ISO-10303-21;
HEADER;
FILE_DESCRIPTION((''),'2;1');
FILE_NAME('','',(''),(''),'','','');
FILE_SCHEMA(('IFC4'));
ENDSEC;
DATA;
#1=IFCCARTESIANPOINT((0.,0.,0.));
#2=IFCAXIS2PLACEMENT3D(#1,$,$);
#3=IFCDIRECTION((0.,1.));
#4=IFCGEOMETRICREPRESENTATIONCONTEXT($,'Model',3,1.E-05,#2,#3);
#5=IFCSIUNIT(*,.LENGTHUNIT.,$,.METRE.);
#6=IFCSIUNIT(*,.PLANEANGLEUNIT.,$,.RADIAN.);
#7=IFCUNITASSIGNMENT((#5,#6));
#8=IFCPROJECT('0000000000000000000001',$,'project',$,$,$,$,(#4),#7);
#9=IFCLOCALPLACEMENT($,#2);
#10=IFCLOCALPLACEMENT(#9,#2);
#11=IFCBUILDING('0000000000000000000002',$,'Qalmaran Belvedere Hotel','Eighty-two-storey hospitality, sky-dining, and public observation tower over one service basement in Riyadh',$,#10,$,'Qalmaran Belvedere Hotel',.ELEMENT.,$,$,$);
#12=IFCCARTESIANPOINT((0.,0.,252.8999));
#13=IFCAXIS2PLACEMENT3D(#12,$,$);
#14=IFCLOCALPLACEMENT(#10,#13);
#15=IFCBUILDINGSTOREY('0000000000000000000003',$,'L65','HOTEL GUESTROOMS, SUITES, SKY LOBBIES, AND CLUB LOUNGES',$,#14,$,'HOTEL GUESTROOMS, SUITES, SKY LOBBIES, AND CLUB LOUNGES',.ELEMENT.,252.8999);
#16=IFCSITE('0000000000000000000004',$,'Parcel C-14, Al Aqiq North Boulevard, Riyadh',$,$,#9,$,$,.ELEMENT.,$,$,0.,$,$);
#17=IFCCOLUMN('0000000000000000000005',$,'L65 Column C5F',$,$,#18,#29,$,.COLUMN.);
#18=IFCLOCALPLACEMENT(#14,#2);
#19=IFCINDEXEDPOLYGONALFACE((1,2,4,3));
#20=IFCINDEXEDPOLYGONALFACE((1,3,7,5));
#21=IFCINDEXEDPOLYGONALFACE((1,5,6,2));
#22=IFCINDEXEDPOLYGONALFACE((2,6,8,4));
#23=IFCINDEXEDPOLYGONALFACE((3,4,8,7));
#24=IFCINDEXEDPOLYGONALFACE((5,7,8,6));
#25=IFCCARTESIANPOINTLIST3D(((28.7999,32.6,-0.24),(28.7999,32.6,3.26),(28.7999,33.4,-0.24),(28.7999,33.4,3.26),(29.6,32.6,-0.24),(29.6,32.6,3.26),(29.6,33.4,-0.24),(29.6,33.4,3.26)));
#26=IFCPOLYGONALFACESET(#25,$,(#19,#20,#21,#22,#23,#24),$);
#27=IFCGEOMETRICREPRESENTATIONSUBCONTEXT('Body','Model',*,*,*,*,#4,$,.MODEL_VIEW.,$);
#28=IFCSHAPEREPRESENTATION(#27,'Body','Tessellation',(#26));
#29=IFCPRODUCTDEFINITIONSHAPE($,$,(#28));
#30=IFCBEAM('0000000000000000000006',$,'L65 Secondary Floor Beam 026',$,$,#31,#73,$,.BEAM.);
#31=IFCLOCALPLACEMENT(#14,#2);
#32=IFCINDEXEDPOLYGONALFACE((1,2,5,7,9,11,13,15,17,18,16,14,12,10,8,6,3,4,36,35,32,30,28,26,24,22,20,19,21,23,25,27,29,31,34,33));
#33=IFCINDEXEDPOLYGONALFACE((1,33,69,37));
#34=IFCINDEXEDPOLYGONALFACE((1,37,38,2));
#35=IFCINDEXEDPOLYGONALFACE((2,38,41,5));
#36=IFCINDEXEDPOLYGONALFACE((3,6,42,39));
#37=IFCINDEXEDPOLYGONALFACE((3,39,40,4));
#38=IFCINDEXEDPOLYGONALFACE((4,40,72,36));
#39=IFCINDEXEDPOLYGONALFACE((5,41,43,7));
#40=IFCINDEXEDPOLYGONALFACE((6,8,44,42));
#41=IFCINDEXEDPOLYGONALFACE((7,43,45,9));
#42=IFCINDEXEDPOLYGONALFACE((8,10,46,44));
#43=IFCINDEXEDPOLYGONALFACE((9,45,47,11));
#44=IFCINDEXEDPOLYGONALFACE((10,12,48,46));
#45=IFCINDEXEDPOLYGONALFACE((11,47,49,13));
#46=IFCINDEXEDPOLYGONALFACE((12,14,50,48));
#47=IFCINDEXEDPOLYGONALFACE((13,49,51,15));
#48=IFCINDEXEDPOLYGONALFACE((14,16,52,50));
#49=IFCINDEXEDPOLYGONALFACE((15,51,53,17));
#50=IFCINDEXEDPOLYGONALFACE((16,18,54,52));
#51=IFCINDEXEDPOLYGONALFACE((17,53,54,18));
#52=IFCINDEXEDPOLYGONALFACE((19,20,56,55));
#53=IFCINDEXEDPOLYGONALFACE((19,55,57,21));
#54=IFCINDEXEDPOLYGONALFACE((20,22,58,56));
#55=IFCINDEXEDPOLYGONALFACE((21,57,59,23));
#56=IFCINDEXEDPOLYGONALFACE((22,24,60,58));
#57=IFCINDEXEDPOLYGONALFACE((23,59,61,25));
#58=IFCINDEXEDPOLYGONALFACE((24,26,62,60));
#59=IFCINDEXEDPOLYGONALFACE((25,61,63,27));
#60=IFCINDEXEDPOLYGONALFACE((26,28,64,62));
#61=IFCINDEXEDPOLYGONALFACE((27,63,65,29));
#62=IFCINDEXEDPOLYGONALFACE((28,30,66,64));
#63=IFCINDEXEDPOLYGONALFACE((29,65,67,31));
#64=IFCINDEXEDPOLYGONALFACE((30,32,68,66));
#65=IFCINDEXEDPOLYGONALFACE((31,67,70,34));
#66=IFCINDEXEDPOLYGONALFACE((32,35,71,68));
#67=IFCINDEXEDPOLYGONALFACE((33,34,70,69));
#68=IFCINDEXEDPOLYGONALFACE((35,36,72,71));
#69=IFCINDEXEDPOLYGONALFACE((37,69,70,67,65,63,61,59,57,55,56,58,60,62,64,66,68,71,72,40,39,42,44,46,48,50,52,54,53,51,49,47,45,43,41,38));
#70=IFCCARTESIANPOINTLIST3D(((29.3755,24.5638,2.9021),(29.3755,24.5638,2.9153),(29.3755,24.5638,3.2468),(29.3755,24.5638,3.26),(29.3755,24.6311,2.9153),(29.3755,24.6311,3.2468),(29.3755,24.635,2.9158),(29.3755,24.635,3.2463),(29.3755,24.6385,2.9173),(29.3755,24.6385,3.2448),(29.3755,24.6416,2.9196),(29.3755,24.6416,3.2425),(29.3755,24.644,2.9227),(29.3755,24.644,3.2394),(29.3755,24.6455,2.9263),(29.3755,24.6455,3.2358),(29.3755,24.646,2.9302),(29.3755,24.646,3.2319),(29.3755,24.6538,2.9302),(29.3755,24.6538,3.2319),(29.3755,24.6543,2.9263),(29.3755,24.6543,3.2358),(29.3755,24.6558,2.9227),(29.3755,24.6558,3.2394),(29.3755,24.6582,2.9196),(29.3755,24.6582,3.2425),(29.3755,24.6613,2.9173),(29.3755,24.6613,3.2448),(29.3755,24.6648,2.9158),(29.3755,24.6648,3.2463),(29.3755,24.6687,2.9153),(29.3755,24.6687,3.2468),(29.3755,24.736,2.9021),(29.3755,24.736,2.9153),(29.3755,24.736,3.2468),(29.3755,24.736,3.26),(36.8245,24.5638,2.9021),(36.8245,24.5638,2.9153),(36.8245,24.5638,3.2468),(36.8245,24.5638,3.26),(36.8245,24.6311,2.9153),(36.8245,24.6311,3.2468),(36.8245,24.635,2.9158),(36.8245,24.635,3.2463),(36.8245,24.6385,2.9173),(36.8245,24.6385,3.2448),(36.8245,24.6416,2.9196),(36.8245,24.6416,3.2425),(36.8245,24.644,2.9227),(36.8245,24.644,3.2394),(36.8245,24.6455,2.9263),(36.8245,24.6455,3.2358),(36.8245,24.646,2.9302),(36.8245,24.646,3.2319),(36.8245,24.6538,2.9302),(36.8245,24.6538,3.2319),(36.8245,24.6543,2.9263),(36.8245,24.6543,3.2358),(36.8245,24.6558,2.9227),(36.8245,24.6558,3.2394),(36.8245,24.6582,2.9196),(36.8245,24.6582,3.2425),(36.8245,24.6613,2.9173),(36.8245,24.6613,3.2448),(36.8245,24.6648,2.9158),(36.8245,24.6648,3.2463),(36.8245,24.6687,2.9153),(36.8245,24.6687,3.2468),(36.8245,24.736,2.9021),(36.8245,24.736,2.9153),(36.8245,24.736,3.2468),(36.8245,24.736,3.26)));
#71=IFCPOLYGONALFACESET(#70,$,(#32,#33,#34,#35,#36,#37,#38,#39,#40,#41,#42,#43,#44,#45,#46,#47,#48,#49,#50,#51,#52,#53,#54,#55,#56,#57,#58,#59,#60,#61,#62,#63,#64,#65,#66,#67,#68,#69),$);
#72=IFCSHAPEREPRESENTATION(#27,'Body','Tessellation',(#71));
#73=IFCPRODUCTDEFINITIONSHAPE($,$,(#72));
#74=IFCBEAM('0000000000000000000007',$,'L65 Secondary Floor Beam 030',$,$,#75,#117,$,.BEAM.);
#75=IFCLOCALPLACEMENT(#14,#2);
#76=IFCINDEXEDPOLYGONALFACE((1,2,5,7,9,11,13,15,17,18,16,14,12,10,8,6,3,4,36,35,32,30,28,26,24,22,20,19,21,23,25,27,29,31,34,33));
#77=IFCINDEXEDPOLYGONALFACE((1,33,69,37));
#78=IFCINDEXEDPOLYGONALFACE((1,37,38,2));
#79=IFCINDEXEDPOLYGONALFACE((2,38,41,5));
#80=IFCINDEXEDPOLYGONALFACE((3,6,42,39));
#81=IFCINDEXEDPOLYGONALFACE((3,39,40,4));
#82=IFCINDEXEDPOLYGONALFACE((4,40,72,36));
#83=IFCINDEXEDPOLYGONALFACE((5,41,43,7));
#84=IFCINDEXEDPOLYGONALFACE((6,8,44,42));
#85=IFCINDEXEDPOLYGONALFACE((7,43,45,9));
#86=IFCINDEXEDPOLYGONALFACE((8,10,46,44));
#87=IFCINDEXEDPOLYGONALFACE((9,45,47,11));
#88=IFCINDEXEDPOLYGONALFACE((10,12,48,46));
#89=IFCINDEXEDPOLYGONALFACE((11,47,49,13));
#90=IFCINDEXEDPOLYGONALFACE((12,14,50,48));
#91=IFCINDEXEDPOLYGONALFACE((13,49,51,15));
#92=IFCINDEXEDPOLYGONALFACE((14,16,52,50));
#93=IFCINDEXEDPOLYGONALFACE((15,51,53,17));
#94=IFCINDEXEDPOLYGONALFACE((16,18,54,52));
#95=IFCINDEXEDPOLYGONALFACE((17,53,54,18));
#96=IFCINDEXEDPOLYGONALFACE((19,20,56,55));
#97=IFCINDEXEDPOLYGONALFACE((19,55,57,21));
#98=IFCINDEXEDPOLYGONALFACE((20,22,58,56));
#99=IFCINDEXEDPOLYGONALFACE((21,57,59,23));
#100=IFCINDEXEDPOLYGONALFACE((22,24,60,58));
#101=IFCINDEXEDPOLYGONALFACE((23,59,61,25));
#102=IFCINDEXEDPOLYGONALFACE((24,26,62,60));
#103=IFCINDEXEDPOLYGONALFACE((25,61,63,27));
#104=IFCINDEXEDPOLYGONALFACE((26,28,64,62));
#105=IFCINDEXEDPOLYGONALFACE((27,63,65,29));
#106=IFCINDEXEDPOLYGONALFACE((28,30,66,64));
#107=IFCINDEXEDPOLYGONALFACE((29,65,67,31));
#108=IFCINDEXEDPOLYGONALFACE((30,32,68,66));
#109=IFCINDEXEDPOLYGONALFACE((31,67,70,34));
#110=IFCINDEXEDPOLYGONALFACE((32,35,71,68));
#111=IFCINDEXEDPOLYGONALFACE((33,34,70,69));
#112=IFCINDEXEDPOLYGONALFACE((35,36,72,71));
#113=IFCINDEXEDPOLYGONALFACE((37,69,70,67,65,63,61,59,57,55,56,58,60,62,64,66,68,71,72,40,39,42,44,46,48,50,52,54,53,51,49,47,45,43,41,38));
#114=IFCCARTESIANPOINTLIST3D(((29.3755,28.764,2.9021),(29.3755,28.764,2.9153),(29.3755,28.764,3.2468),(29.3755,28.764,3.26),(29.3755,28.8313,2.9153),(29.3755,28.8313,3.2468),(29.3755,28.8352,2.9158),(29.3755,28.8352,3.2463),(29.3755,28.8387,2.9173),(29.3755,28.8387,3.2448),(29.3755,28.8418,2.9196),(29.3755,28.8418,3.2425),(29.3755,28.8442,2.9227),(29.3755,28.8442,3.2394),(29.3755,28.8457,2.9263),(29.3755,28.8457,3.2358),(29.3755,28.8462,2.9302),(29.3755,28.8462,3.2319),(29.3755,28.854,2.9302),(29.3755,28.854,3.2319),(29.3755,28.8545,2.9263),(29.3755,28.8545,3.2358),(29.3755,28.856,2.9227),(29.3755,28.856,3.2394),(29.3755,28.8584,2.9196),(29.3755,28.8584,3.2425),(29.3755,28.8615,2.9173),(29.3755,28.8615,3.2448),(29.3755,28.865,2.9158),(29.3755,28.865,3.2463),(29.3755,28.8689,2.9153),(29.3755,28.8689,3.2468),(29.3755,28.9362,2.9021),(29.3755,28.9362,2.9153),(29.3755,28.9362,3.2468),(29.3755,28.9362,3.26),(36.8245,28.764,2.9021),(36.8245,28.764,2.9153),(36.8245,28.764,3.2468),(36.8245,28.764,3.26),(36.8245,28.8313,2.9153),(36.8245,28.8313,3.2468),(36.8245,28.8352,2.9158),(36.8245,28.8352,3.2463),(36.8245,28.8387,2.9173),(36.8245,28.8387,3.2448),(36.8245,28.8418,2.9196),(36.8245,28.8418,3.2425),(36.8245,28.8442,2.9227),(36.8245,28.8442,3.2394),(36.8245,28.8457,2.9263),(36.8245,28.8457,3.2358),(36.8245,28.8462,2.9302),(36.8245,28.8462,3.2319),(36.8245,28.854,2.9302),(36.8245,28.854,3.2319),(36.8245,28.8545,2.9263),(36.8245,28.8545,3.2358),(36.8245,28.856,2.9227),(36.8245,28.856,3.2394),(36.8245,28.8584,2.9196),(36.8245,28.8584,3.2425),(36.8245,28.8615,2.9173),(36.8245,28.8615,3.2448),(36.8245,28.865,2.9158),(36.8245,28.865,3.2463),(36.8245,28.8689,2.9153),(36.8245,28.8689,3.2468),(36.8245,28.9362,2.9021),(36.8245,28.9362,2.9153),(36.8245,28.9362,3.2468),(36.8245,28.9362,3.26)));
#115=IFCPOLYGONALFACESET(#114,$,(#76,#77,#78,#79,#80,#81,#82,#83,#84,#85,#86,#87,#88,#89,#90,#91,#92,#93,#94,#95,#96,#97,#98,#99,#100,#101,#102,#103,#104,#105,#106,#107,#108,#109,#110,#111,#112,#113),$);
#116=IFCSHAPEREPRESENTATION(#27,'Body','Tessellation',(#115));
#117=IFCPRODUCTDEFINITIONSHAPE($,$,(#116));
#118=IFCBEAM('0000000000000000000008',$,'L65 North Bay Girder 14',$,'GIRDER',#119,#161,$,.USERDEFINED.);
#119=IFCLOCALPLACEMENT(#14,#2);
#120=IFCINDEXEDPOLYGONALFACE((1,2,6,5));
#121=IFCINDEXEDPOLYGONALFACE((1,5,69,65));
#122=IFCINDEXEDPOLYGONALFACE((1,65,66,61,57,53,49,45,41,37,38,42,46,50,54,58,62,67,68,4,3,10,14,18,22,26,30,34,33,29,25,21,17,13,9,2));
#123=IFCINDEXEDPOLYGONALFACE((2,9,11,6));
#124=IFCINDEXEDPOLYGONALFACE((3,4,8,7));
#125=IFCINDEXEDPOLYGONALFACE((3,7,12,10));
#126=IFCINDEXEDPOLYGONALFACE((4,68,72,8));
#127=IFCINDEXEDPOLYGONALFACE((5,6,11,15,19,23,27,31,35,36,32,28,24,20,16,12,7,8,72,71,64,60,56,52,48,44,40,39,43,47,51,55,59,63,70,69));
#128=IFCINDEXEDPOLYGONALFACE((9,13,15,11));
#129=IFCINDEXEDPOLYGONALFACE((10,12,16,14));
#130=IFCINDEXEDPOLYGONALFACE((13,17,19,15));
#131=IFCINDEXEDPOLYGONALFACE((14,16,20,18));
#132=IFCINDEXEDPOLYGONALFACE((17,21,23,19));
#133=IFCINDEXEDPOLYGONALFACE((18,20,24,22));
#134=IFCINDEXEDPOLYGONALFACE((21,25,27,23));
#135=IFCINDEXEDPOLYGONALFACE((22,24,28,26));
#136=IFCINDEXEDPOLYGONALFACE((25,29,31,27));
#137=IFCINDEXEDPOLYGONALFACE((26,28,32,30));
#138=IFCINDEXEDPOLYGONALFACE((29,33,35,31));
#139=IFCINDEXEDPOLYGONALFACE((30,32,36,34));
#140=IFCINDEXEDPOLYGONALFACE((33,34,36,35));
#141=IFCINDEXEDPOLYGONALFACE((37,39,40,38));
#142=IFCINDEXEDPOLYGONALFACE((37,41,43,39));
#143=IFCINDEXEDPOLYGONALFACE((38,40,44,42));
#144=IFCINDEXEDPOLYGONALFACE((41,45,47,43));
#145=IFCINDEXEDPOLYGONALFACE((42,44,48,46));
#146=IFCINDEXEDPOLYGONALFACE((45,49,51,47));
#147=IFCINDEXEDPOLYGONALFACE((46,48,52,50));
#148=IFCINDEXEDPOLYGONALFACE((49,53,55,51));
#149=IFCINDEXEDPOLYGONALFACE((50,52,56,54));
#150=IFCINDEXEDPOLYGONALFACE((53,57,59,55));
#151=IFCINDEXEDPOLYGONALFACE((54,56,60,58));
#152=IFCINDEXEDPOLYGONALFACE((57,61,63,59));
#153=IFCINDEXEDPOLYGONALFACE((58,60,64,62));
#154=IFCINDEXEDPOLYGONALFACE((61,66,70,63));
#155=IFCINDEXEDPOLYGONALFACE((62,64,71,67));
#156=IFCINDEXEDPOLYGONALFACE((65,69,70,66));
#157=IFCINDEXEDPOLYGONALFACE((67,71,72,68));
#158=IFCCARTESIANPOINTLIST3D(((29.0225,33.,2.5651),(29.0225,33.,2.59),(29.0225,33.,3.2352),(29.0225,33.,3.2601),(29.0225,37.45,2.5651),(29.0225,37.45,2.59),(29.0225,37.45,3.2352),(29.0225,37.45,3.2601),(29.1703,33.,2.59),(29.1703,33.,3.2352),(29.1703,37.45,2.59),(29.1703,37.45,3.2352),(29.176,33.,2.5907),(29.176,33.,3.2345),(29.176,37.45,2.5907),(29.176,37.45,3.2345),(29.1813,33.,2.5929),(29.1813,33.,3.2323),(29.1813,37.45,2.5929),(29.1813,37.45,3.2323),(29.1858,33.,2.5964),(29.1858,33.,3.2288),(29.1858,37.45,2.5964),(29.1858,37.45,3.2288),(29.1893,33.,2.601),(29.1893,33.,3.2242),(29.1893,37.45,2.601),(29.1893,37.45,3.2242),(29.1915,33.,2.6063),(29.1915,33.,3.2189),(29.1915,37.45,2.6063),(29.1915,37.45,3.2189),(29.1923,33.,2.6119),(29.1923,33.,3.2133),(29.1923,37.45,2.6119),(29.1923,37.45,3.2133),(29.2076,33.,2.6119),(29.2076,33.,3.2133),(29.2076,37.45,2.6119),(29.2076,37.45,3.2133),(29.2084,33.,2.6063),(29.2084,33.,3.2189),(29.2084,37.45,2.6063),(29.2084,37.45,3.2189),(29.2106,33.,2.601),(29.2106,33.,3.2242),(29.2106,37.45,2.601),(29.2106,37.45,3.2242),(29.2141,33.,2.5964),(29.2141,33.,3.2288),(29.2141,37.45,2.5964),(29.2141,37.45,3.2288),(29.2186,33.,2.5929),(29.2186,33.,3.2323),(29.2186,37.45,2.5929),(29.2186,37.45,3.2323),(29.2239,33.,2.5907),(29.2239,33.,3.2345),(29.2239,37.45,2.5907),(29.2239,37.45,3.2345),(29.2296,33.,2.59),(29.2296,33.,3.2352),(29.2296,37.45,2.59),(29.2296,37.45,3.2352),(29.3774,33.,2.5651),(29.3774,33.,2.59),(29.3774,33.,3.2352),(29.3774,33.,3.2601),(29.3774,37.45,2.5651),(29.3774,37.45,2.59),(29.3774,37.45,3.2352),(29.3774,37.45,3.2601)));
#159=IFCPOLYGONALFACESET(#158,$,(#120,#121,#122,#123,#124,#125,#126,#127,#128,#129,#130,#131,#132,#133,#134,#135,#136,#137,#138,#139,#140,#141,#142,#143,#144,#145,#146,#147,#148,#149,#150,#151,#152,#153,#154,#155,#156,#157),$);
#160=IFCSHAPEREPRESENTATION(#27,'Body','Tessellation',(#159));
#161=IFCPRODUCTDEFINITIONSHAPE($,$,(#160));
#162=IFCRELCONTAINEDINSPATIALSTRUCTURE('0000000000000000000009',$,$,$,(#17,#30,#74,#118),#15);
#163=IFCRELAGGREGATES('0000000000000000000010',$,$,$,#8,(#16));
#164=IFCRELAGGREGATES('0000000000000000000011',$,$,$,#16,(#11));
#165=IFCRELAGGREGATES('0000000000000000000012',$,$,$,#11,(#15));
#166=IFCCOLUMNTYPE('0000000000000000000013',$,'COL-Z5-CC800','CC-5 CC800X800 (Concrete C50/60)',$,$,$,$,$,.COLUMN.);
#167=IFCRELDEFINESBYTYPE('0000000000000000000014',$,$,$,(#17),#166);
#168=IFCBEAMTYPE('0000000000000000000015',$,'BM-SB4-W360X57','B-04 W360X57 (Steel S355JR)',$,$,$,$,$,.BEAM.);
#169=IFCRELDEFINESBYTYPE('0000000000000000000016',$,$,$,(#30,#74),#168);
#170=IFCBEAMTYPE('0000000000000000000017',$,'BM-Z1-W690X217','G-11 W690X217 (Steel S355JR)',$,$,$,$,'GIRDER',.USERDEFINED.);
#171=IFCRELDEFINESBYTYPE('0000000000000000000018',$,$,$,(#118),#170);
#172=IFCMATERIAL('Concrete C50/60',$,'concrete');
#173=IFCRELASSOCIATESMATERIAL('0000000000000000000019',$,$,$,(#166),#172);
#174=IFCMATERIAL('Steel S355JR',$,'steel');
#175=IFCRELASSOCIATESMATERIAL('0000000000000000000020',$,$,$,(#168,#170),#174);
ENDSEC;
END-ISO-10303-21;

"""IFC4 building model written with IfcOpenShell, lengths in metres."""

from ifc_helpers import new_model, si_unit, direction, frame, origin, origin_2d, place, context, subcontext, project, spatial, rectangle, i_section, extrude, material, material_profile, profile_set, type_object, element, save


model = new_model("IFC4")

# Units and contexts
model_context = context("Model", 3, precision=1e-05, world=origin(), true_north=direction((0.0, 1.0)))
body_context = subcontext(model_context, "Body", "Model", "MODEL_VIEW")
ifc_project = project(units=[si_unit("LENGTHUNIT", "METRE"), si_unit("PLANEANGLEUNIT", "RADIAN")], contexts=[model_context])

# Site, building, storey
site_placement = place(None, origin())
site = spatial("IfcSite", under=ifc_project, at=site_placement, Name="Parcel C-14, Al Aqiq North Boulevard, Riyadh", CompositionType="ELEMENT", RefElevation=0.0)
building_placement = place(site_placement, origin())
building = spatial("IfcBuilding", under=site, at=building_placement, Name="Qalmaran Belvedere Hotel", Description="Eighty-two-storey hospitality, sky-dining, and public observation tower over one service basement in Riyadh", LongName="Qalmaran Belvedere Hotel", CompositionType="ELEMENT")
storey_placement = place(building_placement, frame((0.0, 0.0, 252.8999)))
storey = spatial("IfcBuildingStorey", under=building, at=storey_placement, Name="L65", Description="HOTEL GUESTROOMS, SUITES, SKY LOBBIES, AND CLUB LOUNGES", LongName="HOTEL GUESTROOMS, SUITES, SKY LOBBIES, AND CLUB LOUNGES", CompositionType="ELEMENT", Elevation=252.8999)

# Column
ifc_material_1 = material(Name="Concrete C50/60", Category="concrete")
ifc_material_profile_1 = material_profile(ifc_material_1, rectangle(XDim=0.8, YDim=0.8, at=origin_2d()), Name="CC800X800")
ifc_profile_set_1 = profile_set([ifc_material_profile_1], Name="Concrete C50/60")
column_type = type_object("IfcColumnType", Name="COL-Z5-CC800", Description="CC-5 CC800X800 (Concrete C50/60)", PredefinedType="COLUMN", material=ifc_profile_set_1)
column_placement = place(storey_placement, frame((29.2, 33.0, -0.24), z_axis=(0.0, 0.0, 1.0), x_axis=(1.0, 0.0, 0.0)))
element("IfcColumn", 1, at=column_placement, inside=storey, type_object=column_type, Name="L65 Column C5F", PredefinedType="COLUMN", context=body_context, shape_type="SweptSolid", body=[
    extrude(rectangle(XDim=0.8, YDim=0.8, at=origin_2d()), origin(), (0.0, 0.0, 1.0), 3.5),
])

# Beams
ifc_material_2 = material(Name="Steel S355JR", Category="steel")
ifc_material_profile_2 = material_profile(ifc_material_2, i_section(OverallWidth=0.1721, OverallDepth=0.3579, WebThickness=0.0078, FlangeThickness=0.0132, FilletRadius=0.0149, at=origin_2d()), Name="W360X57")
ifc_profile_set_2 = profile_set([ifc_material_profile_2], Name="Steel S355JR")
beam_type_1 = type_object("IfcBeamType", Name="BM-SB4-W360X57", Description="B-04 W360X57 (Steel S355JR)", PredefinedType="BEAM", material=ifc_profile_set_2)
for number, where, z_axis, x_axis, name in (
    (2, (29.3755, 24.6499, 3.0811), (1.0, 0.0, 0.0), (0.0, 1.0, 0.0), "L65 Secondary Floor Beam 026"),
    (3, (29.3755, 28.8501, 3.0811), (1.0, 0.0, 0.0), (0.0, 1.0, 0.0), "L65 Secondary Floor Beam 030"),
):
    element("IfcBeam", number, at=place(storey_placement, frame(where, z_axis=z_axis, x_axis=x_axis)), inside=storey, type_object=beam_type_1, Name=name, PredefinedType="BEAM", context=body_context, shape_type="SweptSolid", body=[
        extrude(i_section(OverallWidth=0.1721, OverallDepth=0.3579, WebThickness=0.0078, FlangeThickness=0.0132, FilletRadius=0.0149, at=origin_2d()), origin(), (0.0, 0.0, 1.0), 7.449),
    ])
ifc_material_profile_3 = material_profile(ifc_material_2, i_section(OverallWidth=0.355, OverallDepth=0.6951, WebThickness=0.0154, FlangeThickness=0.0249, FilletRadius=0.022, at=origin_2d()), Name="W690X217")
ifc_profile_set_3 = profile_set([ifc_material_profile_3], Name="Steel S355JR")
beam_type_2 = type_object("IfcBeamType", Name="BM-Z1-W690X217", Description="G-11 W690X217 (Steel S355JR)", ElementType="GIRDER", PredefinedType="USERDEFINED", material=ifc_profile_set_3)
beam_1_placement = place(storey_placement, frame((29.2, 33.0, 2.9126), z_axis=(0.0, 1.0, 0.0), x_axis=(-1.0, 0.0, 0.0)))
element("IfcBeam", 4, at=beam_1_placement, inside=storey, type_object=beam_type_2, Name="L65 North Bay Girder 14", ObjectType="GIRDER", PredefinedType="USERDEFINED", context=body_context, shape_type="SweptSolid", body=[
    extrude(i_section(OverallWidth=0.355, OverallDepth=0.6951, WebThickness=0.0154, FlangeThickness=0.0249, FilletRadius=0.022, at=origin_2d()), origin(), (0.0, 0.0, 1.0), 4.45),
])

save(model, "model.ifc")
